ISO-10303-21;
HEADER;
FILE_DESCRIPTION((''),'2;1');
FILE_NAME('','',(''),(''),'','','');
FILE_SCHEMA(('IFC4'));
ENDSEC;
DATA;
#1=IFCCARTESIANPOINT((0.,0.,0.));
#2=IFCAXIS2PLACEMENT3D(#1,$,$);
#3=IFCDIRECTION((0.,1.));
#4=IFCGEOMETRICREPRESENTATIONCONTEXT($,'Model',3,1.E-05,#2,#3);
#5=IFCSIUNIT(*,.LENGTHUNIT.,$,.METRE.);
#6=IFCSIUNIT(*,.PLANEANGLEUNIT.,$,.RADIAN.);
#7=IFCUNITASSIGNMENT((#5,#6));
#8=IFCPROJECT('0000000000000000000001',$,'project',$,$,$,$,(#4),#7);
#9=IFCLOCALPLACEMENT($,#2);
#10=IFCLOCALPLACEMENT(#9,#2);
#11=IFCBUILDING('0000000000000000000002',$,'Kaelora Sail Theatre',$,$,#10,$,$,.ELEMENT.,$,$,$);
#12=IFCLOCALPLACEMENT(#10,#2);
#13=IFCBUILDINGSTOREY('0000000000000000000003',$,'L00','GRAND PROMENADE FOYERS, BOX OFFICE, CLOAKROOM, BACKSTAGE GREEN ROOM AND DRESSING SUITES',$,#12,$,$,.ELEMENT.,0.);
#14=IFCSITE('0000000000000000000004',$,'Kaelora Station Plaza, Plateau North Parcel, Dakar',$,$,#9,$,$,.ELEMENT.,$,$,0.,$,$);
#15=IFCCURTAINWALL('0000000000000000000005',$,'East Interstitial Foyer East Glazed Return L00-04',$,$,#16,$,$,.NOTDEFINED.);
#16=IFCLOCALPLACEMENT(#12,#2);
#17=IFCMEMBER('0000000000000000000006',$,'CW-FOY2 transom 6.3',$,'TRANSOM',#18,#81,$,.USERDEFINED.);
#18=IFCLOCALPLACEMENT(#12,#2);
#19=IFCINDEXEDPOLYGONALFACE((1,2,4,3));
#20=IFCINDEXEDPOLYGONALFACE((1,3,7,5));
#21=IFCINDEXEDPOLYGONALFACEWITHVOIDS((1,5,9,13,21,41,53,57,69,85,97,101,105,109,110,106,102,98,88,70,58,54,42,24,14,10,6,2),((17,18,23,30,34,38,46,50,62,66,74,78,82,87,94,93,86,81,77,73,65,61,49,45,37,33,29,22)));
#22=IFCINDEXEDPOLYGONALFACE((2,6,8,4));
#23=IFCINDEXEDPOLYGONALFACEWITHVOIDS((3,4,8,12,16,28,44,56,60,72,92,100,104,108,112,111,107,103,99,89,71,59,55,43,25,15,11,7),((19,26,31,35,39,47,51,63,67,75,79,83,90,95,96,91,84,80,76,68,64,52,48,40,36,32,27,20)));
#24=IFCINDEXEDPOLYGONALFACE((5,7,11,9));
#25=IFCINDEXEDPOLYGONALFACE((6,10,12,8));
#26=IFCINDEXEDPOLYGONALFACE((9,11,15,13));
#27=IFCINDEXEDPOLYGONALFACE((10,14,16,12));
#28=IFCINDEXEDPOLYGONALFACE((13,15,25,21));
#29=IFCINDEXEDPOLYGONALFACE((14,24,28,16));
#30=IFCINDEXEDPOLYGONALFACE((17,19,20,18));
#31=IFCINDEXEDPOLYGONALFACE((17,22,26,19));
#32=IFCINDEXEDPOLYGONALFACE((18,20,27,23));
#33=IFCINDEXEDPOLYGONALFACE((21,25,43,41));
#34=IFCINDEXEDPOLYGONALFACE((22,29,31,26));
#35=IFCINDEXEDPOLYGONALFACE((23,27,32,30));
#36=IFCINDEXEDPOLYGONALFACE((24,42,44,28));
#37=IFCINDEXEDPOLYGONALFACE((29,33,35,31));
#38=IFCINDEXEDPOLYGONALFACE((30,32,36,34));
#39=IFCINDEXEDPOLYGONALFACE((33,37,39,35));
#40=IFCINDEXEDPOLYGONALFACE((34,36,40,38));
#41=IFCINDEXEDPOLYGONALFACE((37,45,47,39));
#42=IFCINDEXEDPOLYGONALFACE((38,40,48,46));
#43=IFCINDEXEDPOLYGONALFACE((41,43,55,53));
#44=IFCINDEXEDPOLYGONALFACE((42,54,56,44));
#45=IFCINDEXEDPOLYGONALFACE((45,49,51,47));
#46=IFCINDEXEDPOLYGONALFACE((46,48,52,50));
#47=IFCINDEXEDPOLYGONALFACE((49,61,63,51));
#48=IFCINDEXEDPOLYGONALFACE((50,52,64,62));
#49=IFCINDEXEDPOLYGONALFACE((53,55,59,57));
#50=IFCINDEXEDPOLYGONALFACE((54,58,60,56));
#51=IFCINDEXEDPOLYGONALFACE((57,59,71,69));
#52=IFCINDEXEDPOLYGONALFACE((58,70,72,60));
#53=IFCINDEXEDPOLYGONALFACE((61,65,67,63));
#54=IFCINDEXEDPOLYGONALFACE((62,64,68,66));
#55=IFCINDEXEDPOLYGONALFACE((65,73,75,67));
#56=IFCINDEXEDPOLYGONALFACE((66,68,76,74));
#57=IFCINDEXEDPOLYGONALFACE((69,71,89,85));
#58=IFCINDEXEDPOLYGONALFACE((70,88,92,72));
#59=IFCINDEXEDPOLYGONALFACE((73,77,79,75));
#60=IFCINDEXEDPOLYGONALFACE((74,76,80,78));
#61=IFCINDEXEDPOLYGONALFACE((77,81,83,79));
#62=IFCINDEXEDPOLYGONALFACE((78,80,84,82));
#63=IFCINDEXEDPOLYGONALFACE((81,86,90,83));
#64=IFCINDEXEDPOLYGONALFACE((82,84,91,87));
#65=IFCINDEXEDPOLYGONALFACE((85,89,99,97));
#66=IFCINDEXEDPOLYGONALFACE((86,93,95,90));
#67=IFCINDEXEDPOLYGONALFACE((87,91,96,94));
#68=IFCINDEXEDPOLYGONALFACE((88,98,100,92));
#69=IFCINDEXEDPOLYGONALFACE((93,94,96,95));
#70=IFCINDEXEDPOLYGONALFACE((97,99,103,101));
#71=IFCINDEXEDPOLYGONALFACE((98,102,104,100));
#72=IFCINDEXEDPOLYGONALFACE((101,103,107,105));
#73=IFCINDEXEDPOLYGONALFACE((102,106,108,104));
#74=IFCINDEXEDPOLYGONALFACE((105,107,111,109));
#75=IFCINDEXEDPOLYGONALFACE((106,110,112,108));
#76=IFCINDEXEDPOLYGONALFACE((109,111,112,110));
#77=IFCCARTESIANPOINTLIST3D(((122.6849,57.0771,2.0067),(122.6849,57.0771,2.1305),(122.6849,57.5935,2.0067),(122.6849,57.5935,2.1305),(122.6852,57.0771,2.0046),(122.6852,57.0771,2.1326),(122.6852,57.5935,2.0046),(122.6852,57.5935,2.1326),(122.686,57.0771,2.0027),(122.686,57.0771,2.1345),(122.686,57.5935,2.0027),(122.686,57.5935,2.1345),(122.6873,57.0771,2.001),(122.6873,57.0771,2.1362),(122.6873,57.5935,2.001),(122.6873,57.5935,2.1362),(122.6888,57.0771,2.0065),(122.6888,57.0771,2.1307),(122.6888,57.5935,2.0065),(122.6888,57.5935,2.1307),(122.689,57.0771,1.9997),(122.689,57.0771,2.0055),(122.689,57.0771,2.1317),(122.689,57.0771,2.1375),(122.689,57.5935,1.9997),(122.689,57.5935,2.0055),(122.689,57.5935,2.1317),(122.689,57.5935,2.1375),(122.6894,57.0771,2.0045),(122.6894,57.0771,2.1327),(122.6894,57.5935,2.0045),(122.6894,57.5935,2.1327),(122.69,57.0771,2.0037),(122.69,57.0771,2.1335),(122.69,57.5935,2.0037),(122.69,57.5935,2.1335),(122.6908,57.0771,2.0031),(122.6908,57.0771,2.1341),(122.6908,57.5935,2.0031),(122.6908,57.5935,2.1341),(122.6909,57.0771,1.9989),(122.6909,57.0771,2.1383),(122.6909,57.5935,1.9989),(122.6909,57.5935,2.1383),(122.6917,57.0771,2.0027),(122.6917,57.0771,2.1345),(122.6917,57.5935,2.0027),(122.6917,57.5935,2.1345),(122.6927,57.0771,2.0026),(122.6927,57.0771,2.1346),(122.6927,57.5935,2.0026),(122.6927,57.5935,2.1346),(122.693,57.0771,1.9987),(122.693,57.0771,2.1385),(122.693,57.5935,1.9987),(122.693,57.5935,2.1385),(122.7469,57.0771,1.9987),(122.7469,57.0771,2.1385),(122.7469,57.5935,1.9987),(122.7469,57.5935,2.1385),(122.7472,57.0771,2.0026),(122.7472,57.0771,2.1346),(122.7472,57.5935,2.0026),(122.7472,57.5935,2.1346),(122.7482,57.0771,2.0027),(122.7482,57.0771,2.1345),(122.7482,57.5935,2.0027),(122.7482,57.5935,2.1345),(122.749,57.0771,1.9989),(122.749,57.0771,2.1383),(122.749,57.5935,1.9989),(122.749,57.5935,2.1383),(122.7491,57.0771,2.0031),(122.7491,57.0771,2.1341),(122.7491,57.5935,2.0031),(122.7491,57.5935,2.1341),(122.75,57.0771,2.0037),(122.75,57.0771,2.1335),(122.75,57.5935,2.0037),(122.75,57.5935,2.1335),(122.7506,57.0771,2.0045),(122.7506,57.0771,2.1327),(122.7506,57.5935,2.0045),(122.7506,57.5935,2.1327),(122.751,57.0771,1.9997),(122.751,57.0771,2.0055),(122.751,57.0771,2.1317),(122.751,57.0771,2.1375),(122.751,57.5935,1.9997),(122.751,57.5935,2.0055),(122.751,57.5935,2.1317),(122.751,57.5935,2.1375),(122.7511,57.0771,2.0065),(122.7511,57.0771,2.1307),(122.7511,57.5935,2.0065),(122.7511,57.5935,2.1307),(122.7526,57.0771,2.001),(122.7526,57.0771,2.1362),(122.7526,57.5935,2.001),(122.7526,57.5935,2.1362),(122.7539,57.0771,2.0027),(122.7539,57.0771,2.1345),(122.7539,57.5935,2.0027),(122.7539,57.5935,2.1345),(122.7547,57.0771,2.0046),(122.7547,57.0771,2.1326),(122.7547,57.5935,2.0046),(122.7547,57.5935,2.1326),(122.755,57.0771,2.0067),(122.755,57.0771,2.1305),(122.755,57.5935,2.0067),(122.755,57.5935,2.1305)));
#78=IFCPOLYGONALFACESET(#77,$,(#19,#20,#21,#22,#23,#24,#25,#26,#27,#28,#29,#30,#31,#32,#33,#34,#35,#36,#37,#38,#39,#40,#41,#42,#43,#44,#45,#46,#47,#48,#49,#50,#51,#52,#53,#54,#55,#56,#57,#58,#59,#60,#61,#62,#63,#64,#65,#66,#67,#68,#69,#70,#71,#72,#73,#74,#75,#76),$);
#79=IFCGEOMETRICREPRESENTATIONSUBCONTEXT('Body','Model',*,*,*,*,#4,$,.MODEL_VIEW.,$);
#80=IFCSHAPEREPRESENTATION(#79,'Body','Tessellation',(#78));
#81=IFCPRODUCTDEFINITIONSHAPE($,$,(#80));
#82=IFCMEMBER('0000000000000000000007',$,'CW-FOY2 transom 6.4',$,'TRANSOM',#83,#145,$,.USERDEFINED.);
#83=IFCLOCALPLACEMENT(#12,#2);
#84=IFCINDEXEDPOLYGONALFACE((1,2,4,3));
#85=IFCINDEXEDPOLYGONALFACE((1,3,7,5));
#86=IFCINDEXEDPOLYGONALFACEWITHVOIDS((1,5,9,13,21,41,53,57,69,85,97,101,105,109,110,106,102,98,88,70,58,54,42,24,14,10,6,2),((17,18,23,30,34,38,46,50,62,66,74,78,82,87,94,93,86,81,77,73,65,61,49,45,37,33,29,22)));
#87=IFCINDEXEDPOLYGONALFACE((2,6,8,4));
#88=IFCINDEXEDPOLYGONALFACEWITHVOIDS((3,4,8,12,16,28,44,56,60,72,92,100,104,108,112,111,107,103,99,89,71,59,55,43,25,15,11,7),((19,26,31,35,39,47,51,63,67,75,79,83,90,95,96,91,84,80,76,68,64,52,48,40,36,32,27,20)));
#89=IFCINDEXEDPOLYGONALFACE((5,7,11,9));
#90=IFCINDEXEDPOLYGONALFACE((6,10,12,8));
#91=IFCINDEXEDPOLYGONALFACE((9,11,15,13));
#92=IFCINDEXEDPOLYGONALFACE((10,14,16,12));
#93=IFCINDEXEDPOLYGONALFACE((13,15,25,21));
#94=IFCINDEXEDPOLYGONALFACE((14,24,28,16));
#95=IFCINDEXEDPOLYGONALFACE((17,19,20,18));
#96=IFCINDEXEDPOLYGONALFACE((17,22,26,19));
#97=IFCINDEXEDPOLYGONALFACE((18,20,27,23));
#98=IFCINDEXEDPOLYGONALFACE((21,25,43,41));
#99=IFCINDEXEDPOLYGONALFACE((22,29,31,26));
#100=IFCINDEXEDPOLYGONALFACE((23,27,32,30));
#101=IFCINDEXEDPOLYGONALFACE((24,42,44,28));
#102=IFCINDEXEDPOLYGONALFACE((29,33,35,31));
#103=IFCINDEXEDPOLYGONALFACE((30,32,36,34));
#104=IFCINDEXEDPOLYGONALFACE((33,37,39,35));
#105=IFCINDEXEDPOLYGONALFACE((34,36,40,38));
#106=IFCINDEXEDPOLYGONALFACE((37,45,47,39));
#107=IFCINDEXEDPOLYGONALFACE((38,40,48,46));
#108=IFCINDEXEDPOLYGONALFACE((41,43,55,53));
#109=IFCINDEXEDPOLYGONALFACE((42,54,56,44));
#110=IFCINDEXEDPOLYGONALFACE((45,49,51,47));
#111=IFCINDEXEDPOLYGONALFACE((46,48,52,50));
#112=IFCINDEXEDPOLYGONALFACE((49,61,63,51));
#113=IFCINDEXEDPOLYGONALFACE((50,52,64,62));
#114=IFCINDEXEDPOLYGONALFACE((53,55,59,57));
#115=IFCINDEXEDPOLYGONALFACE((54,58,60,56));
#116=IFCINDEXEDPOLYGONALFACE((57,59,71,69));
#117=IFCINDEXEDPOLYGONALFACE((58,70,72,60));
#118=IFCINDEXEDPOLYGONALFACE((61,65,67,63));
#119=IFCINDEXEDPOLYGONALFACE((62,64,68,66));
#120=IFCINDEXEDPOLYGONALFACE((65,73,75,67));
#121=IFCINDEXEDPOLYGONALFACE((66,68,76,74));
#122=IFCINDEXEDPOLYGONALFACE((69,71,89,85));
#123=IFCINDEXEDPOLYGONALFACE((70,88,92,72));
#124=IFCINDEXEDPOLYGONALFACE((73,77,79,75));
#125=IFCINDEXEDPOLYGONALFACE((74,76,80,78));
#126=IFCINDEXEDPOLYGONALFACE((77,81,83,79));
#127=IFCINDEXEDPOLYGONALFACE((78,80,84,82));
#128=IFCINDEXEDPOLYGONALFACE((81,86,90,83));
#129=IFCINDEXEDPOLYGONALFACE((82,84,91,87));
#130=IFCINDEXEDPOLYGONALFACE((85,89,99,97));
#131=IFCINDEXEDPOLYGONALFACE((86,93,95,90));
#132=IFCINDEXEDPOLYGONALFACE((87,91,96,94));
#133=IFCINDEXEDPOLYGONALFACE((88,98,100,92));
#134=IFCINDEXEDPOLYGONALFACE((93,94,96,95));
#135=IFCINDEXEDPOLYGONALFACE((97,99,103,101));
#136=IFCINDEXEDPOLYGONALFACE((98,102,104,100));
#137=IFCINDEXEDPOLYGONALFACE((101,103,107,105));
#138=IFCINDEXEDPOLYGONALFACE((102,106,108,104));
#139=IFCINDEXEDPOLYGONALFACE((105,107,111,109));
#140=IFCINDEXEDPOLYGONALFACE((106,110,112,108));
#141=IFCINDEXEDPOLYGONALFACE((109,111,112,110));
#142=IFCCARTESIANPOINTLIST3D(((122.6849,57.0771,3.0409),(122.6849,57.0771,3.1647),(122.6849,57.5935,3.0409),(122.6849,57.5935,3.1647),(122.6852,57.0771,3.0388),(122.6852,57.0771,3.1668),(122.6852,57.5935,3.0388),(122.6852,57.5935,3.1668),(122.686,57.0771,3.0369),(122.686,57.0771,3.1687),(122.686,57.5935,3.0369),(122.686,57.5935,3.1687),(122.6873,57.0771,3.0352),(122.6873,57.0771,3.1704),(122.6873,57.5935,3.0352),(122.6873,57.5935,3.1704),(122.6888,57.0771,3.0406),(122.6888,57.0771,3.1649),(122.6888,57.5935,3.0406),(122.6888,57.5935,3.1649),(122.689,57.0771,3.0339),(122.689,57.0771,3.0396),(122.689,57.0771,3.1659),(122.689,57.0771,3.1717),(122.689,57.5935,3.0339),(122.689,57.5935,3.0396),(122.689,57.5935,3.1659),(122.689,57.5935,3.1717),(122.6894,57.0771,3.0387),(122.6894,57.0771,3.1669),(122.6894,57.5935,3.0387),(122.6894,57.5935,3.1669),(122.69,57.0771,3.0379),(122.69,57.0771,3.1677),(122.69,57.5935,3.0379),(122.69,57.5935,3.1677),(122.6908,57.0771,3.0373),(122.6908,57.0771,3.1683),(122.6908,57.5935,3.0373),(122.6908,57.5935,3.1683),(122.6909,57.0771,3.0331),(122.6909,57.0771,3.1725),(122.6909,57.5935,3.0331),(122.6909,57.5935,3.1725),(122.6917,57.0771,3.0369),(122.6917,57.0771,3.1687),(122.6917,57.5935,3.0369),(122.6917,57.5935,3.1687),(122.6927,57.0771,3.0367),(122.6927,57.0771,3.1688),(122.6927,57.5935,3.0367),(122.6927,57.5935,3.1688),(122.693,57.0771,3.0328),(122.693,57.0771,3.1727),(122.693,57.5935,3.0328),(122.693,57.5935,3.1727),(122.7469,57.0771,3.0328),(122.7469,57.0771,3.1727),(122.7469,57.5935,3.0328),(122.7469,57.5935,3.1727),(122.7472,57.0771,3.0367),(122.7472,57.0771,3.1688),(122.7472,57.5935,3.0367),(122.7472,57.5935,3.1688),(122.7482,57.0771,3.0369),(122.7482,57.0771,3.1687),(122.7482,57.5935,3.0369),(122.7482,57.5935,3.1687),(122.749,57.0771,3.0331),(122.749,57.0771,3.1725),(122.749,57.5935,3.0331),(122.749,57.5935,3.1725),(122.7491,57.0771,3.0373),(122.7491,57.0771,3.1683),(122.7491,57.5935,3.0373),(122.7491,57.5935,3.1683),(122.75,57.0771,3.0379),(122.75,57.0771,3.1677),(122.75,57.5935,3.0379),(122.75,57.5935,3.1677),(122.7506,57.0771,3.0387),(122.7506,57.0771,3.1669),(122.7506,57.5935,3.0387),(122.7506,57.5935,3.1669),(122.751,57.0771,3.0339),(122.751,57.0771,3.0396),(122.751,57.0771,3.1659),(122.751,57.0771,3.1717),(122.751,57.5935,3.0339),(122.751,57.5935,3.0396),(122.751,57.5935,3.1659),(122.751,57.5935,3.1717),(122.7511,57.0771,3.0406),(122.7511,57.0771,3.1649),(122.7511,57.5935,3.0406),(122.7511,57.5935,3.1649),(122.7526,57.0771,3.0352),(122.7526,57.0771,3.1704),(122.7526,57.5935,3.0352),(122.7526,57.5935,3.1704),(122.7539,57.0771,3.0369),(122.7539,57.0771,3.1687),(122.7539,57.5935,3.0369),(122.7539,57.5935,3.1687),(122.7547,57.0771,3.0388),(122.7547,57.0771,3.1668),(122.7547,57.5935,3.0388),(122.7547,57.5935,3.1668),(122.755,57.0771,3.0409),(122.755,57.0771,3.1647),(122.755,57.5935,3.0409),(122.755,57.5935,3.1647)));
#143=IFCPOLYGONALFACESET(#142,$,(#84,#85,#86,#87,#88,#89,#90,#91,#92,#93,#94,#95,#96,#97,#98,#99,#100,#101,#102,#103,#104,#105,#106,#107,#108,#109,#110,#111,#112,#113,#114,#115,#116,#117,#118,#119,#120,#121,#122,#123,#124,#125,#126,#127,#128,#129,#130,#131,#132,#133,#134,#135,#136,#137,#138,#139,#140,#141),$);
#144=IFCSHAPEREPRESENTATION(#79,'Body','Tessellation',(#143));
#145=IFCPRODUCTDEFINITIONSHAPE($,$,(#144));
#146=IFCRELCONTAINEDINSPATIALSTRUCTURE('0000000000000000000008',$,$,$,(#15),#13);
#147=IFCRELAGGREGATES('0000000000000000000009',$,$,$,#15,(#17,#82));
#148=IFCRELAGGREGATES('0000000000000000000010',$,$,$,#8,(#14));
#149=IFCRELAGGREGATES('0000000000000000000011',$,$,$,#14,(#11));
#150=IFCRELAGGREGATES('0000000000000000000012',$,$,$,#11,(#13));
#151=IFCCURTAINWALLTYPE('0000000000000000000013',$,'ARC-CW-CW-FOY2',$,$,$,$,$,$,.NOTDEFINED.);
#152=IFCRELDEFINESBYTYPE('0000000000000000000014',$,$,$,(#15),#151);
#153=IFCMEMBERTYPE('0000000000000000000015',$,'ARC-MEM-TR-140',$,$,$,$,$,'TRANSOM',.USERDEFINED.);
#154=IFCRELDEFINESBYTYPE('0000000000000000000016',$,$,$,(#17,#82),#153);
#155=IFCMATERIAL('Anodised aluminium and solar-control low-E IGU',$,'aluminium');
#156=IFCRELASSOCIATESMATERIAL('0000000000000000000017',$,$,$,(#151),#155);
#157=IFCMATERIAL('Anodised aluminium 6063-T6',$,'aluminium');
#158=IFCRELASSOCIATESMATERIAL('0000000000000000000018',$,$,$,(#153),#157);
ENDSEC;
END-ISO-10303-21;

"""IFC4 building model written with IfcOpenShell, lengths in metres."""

from ifc_helpers import new_model, si_unit, direction, frame, origin, origin_2d, place, context, subcontext, project, spatial, hollow_rectangle, extrude, material, material_profile, profile_set, type_object, element, aggregate, save


model = new_model("IFC4")

# Units and contexts
model_context = context("Model", 3, precision=1e-05, world=origin(), true_north=direction((0.0, 1.0)))
body_context = subcontext(model_context, "Body", "Model", "MODEL_VIEW")
ifc_project = project(units=[si_unit("LENGTHUNIT", "METRE"), si_unit("PLANEANGLEUNIT", "RADIAN")], contexts=[model_context])

# Site, building, storey
site_placement = place(None, origin())
site = spatial("IfcSite", under=ifc_project, at=site_placement, Name="Kaelora Station Plaza, Plateau North Parcel, Dakar", CompositionType="ELEMENT", RefElevation=0.0)
building_placement = place(site_placement, origin())
building = spatial("IfcBuilding", under=site, at=building_placement, Name="Kaelora Sail Theatre", CompositionType="ELEMENT")
storey_placement = place(building_placement, origin())
storey = spatial("IfcBuildingStorey", under=building, at=storey_placement, Name="L00", Description="GRAND PROMENADE FOYERS, BOX OFFICE, CLOAKROOM, BACKSTAGE GREEN ROOM AND DRESSING SUITES", CompositionType="ELEMENT", Elevation=0.0)

# Curtain wall, members
ifc_material_1 = material(Name="Anodised aluminium and solar-control low-E IGU", Category="aluminium")
curtain_wall_type = type_object("IfcCurtainWallType", Name="ARC-CW-CW-FOY2", PredefinedType="NOTDEFINED", material=ifc_material_1)
curtain_wall_placement = place(storey_placement, origin())
curtain_wall = element("IfcCurtainWall", 1, at=curtain_wall_placement, inside=storey, type_object=curtain_wall_type, Name="East Interstitial Foyer East Glazed Return L00-04", PredefinedType="NOTDEFINED")
ifc_material_2 = material(Name="Anodised aluminium 6063-T6", Category="aluminium")
ifc_material_profile_1 = material_profile(ifc_material_2, hollow_rectangle(XDim=0.0701, YDim=0.1399, WallThickness=0.0039, InnerFilletRadius=0.0039, OuterFilletRadius=0.0081, at=origin_2d()), Name="ALU-TRAN 70x140x4")
ifc_profile_set_1 = profile_set([ifc_material_profile_1], Name="Anodised aluminium 6063-T6")
member_type_1 = type_object("IfcMemberType", Name="ARC-MEM-TR-140", ElementType="TRANSOM", PredefinedType="USERDEFINED", material=ifc_profile_set_1)
member_1_placement = place(storey_placement, frame((122.72, 57.0771, 2.0686), z_axis=(0.0, 1.0, 0.0), x_axis=(-1.0, 0.0, 0.0)))
member_1 = element("IfcMember", 2, at=member_1_placement, type_object=member_type_1, Name="CW-FOY2 transom 6.3", ObjectType="TRANSOM", PredefinedType="USERDEFINED", context=body_context, shape_type="SweptSolid", body=[
    extrude(hollow_rectangle(XDim=0.0701, YDim=0.1399, WallThickness=0.0039, InnerFilletRadius=0.0039, OuterFilletRadius=0.0081, at=origin_2d()), origin(), (0.0, 0.0, 1.0), 0.5164),
])
member_2_placement = place(storey_placement, frame((122.72, 57.0771, 3.1028), z_axis=(0.0, 1.0, 0.0), x_axis=(-1.0, 0.0, 0.0)))
member_2 = element("IfcMember", 3, at=member_2_placement, type_object=member_type_1, Name="CW-FOY2 transom 6.4", ObjectType="TRANSOM", PredefinedType="USERDEFINED", context=body_context, shape_type="SweptSolid", body=[
    extrude(hollow_rectangle(XDim=0.0701, YDim=0.1399, WallThickness=0.0039, InnerFilletRadius=0.0039, OuterFilletRadius=0.0081, at=origin_2d()), origin(), (0.0, 0.0, 1.0), 0.5164),
])
aggregate(curtain_wall, [member_1, member_2])

save(model, "model.ifc")
